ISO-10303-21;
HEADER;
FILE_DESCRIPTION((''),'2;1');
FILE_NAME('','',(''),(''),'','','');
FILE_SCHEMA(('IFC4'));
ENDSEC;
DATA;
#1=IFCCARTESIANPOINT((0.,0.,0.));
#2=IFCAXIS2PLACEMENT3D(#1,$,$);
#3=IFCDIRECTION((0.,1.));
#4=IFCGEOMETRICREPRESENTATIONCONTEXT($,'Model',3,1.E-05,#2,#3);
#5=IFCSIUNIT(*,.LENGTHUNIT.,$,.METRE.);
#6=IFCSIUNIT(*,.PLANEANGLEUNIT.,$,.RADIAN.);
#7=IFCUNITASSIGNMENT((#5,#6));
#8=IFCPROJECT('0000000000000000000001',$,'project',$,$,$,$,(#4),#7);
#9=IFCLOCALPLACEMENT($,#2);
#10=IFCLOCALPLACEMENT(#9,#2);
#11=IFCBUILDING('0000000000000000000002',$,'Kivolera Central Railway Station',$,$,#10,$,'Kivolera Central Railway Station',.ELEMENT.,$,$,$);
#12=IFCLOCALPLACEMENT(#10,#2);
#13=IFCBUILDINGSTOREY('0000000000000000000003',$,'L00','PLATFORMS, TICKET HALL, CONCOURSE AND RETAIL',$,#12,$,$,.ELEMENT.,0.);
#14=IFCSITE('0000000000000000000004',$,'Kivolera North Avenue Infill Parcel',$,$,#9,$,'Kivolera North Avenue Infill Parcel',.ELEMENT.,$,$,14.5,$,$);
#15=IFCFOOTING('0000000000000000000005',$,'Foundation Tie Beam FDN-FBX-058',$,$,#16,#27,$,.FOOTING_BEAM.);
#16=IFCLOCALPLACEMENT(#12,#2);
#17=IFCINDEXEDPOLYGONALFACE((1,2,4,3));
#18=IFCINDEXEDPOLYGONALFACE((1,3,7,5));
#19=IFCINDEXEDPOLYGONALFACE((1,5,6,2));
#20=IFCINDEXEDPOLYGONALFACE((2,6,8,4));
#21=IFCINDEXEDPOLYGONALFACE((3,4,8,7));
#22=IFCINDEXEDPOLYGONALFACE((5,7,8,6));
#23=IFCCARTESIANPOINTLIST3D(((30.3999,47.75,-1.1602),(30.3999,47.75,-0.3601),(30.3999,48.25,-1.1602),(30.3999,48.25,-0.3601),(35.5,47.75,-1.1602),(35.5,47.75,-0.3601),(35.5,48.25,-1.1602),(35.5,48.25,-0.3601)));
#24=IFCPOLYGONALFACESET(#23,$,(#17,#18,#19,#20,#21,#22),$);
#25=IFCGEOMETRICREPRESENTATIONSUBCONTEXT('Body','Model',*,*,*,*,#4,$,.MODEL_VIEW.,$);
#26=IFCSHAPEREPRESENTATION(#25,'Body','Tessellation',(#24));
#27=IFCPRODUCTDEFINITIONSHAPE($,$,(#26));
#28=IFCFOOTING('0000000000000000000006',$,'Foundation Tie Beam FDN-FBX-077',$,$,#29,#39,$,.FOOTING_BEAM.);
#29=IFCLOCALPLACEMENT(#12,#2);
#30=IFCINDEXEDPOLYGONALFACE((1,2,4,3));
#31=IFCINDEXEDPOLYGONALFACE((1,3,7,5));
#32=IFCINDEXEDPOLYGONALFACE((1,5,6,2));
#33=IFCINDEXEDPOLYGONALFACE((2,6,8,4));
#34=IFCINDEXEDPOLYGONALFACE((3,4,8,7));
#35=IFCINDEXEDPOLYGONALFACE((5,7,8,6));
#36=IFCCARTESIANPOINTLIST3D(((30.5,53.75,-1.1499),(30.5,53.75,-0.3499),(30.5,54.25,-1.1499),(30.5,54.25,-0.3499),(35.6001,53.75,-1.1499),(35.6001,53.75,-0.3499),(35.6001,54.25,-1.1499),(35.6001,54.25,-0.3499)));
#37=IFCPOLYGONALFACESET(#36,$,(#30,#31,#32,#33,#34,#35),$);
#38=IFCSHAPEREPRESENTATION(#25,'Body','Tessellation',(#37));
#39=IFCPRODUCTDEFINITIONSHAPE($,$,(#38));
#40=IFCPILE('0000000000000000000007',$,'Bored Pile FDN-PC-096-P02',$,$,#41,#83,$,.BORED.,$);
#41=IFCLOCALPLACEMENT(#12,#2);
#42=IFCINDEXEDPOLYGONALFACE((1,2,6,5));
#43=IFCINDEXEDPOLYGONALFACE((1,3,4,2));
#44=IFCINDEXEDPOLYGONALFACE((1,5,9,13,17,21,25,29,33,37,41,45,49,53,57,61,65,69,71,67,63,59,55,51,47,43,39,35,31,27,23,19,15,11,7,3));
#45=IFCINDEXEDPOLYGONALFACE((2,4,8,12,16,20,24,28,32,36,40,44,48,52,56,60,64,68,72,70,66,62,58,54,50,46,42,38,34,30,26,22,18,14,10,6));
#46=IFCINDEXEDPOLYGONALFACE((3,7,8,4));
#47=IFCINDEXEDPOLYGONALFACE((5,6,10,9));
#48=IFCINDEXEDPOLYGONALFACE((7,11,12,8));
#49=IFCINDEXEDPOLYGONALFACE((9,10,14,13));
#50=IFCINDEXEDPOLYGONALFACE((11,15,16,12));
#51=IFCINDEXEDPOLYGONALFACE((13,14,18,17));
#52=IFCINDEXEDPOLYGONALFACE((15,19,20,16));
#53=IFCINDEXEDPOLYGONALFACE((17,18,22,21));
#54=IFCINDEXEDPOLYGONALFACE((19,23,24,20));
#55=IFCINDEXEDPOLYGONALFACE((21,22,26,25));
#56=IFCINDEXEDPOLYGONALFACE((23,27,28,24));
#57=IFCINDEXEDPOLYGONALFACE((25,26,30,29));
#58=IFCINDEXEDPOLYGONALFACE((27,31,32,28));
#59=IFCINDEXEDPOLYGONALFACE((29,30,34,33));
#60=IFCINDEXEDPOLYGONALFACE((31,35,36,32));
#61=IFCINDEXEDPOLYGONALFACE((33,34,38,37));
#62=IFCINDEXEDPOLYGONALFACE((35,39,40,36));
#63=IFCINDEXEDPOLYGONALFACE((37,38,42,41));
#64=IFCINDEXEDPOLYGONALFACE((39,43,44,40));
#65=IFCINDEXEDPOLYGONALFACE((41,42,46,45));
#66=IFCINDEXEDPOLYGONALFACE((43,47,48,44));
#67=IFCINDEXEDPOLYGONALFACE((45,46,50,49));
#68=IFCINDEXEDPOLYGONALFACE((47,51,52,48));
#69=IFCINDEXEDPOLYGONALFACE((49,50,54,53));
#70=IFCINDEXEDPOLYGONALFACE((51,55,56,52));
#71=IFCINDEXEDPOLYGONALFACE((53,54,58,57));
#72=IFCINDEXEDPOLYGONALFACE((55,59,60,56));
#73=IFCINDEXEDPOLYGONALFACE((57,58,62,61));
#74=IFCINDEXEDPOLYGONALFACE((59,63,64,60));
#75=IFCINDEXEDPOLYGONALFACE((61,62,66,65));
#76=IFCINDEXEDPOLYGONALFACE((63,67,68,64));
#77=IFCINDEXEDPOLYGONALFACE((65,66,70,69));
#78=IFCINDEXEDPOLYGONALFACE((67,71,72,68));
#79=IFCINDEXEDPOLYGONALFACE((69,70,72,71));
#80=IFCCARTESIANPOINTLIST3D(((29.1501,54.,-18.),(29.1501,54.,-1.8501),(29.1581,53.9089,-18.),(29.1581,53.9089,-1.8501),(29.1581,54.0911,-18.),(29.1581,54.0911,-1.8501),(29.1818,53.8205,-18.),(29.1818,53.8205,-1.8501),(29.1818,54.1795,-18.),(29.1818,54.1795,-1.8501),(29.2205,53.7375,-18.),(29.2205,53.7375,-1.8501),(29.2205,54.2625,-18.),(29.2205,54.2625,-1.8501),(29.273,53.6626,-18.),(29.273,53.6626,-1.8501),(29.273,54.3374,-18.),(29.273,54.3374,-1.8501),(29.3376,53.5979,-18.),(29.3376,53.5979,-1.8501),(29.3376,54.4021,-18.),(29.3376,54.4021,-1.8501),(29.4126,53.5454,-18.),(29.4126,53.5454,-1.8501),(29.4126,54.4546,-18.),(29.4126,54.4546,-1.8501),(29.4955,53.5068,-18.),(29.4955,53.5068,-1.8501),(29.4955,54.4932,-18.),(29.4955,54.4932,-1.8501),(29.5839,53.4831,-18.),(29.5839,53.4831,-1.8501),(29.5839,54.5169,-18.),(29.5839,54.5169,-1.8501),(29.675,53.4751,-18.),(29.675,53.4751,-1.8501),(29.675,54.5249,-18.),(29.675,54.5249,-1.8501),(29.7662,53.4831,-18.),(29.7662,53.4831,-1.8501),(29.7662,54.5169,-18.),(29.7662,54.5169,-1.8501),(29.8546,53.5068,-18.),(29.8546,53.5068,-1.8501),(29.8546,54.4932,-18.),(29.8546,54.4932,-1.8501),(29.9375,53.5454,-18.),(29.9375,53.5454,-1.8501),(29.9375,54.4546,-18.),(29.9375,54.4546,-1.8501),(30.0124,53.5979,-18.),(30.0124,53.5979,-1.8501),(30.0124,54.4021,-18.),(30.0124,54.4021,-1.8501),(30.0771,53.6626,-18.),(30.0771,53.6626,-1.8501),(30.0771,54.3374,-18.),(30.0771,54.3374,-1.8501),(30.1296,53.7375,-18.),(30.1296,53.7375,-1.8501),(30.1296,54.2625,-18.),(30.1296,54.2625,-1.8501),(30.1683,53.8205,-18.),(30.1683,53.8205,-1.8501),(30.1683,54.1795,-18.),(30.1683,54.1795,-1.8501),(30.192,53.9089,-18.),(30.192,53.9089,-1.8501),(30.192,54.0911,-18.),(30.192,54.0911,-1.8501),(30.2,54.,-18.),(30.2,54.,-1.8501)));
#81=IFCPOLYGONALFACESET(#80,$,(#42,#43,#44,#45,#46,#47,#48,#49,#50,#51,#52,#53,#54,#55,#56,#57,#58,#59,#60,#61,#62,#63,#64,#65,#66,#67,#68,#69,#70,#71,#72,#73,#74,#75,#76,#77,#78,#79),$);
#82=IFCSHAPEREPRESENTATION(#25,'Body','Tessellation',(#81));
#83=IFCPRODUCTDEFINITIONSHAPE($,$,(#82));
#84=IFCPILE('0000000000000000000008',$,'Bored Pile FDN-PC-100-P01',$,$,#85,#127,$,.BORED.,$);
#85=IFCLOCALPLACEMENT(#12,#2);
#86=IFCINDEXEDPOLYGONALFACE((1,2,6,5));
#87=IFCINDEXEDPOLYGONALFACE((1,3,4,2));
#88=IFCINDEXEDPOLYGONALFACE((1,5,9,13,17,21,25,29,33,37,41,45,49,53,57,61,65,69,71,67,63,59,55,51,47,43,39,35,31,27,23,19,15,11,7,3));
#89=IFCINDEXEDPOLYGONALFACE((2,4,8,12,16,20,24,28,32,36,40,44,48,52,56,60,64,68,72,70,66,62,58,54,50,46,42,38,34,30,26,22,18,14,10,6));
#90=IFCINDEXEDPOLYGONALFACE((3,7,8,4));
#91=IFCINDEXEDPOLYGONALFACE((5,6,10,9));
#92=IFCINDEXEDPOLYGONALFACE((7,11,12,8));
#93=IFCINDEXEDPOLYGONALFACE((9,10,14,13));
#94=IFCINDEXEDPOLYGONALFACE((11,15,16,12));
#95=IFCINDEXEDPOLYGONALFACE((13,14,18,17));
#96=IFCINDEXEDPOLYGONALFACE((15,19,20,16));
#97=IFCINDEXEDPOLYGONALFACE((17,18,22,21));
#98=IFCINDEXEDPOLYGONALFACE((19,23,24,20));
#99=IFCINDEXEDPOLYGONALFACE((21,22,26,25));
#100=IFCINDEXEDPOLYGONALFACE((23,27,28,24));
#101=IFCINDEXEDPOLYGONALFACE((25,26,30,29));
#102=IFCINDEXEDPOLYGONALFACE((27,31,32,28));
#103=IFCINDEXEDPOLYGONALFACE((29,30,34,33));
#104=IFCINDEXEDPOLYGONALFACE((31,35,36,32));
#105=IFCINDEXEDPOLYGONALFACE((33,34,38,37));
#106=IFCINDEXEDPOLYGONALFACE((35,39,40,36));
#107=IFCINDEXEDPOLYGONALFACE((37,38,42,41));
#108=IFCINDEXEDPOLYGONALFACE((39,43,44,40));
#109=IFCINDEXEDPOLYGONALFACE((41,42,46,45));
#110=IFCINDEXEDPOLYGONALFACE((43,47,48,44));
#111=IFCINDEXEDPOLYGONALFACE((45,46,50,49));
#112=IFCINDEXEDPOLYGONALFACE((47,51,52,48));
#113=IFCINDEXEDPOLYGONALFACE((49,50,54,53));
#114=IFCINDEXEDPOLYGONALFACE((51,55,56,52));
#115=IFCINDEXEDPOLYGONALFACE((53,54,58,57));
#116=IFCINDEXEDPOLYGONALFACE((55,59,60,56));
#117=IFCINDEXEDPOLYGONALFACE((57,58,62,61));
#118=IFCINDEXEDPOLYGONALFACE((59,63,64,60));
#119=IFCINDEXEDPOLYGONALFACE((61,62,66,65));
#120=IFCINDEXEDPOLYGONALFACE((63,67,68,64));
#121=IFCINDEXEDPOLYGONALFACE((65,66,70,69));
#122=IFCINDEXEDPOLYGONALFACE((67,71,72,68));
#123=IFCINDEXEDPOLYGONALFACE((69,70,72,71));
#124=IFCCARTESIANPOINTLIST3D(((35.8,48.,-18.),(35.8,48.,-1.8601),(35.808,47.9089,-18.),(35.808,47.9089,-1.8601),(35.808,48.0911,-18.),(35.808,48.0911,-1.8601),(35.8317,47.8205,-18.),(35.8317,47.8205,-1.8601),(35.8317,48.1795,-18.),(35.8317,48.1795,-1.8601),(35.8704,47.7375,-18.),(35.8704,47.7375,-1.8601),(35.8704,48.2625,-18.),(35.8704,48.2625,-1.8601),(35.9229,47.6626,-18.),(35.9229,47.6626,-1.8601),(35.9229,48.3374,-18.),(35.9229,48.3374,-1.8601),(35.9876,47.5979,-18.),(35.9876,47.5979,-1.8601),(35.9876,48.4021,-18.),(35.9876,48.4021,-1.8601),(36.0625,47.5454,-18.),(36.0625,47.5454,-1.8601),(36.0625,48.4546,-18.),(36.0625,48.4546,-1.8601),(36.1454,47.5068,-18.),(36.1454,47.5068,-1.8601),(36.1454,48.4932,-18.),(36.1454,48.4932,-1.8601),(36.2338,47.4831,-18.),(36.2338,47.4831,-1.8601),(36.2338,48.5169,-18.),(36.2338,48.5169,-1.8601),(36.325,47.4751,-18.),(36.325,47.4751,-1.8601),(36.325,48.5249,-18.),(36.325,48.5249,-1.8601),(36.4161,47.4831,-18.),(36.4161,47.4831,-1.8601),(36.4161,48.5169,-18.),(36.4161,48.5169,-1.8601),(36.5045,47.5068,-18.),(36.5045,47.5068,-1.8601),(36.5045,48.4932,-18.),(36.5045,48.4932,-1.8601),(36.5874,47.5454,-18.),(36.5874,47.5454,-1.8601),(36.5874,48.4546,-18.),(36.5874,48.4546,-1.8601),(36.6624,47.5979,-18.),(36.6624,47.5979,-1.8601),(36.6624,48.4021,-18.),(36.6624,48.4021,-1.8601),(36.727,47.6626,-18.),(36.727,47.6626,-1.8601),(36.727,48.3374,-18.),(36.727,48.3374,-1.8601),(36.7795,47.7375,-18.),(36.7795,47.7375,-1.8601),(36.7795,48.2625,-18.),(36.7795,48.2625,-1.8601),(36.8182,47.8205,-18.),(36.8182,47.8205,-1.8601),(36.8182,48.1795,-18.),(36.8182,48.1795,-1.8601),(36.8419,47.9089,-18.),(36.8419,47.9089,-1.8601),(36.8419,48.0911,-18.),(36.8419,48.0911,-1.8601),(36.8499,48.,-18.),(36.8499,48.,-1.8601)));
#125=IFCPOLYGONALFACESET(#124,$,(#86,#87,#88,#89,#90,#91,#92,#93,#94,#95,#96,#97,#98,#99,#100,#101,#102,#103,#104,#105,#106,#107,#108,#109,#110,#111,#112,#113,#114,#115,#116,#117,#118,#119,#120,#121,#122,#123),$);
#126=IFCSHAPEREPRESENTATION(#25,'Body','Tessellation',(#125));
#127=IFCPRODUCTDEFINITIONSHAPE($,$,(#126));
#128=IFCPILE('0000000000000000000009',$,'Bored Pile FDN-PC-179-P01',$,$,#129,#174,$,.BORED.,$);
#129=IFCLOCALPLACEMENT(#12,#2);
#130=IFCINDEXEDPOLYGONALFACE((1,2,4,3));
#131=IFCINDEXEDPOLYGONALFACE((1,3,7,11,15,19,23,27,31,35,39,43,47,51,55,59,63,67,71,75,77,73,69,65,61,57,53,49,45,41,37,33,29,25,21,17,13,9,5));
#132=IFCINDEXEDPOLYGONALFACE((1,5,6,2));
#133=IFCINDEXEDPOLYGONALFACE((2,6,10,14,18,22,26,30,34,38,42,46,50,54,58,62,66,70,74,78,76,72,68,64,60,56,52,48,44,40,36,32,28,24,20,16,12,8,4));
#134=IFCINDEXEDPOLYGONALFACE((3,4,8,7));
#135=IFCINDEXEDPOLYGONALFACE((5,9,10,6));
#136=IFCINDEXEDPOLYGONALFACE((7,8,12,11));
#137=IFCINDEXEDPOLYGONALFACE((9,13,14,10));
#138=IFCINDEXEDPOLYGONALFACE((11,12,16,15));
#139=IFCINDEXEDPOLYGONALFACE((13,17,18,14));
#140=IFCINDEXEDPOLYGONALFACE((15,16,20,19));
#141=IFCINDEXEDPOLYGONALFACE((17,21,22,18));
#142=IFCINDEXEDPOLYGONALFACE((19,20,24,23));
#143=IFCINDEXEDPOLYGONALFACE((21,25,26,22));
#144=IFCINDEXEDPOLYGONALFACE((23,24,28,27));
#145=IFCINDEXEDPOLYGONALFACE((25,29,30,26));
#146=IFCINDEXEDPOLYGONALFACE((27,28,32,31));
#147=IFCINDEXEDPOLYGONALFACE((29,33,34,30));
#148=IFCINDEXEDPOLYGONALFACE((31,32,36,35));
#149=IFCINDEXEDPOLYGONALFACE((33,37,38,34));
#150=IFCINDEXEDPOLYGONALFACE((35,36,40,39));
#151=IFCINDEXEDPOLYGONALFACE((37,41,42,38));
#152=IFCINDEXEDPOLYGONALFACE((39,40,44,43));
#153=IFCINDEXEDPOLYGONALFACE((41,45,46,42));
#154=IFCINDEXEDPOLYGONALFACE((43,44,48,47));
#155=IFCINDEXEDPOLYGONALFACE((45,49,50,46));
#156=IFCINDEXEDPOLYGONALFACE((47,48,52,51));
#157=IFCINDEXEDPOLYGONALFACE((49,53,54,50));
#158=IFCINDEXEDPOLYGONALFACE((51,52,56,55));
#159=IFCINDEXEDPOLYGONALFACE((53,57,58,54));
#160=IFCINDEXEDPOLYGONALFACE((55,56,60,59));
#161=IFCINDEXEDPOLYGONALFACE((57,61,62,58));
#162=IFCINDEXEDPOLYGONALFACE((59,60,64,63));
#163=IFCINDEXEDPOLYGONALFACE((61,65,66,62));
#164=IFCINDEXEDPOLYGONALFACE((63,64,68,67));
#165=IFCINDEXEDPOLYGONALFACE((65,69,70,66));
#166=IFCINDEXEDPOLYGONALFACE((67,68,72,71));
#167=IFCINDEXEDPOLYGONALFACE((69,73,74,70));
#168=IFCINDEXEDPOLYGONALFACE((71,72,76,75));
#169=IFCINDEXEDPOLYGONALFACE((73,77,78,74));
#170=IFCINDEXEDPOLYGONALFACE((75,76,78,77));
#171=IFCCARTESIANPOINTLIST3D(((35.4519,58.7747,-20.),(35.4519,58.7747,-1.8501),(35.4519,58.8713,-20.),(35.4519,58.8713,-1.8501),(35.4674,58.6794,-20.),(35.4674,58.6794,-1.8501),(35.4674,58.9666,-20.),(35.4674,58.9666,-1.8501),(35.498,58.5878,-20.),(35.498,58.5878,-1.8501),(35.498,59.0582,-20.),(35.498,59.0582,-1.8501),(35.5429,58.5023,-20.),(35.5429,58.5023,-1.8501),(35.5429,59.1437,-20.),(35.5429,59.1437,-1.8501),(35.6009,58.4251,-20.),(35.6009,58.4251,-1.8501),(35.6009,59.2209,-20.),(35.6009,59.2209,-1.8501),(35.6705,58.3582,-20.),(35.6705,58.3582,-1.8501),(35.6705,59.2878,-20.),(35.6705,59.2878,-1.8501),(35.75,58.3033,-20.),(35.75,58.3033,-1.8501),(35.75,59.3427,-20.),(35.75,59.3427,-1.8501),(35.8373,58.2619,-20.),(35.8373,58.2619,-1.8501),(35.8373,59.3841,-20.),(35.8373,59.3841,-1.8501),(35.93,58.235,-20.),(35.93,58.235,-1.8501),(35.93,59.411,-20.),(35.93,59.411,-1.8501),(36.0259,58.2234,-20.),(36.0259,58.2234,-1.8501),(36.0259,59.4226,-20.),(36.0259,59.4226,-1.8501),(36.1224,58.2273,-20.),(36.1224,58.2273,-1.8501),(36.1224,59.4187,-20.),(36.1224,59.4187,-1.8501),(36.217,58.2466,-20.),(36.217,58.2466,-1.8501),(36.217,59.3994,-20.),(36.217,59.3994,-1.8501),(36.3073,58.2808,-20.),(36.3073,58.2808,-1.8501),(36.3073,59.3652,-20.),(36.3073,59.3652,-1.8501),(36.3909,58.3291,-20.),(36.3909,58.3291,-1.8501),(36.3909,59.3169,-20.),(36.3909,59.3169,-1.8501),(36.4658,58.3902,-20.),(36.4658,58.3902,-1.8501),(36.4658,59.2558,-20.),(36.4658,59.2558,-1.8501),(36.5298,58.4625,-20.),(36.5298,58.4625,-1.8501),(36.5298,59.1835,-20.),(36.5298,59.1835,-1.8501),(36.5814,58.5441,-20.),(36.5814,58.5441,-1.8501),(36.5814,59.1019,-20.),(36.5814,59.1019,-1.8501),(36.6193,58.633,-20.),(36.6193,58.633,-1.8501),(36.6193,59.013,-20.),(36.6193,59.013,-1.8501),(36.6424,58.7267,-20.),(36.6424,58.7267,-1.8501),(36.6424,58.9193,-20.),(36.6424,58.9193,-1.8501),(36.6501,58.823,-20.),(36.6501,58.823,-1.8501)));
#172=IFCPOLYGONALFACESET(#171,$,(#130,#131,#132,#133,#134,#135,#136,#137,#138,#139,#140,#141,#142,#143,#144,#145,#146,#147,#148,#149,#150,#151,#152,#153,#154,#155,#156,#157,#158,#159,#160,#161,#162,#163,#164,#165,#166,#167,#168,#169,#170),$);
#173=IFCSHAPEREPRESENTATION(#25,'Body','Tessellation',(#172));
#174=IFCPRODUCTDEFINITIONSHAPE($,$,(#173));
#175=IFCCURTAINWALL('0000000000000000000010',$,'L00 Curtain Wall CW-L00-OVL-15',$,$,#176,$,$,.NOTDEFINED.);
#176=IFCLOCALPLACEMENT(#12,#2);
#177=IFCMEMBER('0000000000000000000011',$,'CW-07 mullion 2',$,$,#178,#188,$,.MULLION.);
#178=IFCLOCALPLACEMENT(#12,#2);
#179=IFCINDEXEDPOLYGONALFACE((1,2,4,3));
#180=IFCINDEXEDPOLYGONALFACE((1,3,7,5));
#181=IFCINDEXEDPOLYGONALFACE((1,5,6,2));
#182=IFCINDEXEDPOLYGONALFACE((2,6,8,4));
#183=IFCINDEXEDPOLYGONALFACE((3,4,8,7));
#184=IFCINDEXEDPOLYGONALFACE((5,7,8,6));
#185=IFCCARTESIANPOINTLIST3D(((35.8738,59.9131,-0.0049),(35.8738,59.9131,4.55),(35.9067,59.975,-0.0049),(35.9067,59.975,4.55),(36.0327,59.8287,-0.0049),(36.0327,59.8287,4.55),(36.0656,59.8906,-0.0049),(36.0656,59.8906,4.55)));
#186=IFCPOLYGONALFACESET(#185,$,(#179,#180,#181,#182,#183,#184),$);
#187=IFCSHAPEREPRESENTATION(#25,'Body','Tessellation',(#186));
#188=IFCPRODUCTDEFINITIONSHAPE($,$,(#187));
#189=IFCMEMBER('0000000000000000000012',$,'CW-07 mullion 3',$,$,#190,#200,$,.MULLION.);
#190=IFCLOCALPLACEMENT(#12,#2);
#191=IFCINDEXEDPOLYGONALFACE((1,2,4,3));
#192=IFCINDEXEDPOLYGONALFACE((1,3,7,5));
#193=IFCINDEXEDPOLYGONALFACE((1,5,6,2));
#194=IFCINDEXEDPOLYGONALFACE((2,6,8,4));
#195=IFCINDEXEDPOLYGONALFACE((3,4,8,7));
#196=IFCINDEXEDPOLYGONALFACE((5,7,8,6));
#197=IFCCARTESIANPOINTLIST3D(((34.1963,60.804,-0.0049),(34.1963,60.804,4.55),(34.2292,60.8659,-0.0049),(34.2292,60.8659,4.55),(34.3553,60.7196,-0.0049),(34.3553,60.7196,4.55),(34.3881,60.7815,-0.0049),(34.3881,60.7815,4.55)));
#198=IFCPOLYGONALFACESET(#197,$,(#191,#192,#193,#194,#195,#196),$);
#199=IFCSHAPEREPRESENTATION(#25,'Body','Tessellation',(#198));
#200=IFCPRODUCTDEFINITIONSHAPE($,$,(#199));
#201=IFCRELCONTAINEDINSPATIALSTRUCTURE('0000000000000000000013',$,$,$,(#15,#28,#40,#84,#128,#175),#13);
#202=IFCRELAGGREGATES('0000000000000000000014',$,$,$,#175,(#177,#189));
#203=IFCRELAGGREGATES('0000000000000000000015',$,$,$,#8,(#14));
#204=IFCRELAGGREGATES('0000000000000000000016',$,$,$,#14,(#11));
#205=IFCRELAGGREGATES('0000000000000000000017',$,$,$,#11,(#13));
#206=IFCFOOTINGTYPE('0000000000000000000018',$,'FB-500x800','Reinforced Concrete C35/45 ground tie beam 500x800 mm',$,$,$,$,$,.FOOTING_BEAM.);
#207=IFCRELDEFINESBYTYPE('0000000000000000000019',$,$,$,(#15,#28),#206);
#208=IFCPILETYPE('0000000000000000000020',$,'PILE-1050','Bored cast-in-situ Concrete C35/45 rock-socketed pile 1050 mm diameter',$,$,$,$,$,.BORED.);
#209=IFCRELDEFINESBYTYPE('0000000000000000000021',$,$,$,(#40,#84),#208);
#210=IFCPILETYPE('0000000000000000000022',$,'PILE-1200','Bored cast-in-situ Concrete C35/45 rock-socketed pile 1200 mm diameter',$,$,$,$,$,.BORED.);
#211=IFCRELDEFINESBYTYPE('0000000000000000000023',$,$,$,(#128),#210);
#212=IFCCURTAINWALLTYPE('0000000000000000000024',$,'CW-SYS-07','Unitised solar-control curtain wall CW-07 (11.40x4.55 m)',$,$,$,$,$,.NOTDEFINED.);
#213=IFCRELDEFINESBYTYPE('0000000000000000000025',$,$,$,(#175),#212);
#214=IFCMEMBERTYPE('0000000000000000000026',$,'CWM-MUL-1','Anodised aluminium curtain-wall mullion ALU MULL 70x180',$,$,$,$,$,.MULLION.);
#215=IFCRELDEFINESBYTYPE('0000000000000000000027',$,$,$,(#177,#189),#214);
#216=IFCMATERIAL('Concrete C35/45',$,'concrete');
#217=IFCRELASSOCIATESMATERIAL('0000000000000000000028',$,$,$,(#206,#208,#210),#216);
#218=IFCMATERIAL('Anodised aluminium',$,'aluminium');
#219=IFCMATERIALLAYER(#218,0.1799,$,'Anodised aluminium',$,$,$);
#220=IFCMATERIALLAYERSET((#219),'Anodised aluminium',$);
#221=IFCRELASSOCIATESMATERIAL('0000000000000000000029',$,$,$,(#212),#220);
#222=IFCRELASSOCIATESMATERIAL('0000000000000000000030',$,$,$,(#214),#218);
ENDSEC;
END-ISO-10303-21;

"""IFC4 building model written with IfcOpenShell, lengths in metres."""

from ifc_helpers import new_model, si_unit, direction, frame, origin, origin_2d, place, context, subcontext, project, spatial, rectangle, circle, extrude, material, layer, layer_set, material_profile, profile_set, type_object, element, aggregate, save


model = new_model("IFC4")

# Units and contexts
model_context = context("Model", 3, precision=1e-05, world=origin(), true_north=direction((0.0, 1.0)))
body_context = subcontext(model_context, "Body", "Model", "MODEL_VIEW")
ifc_project = project(units=[si_unit("LENGTHUNIT", "METRE"), si_unit("PLANEANGLEUNIT", "RADIAN")], contexts=[model_context])

# Site, building, storey
site_placement = place(None, origin())
site = spatial("IfcSite", under=ifc_project, at=site_placement, Name="Kivolera North Avenue Infill Parcel", LongName="Kivolera North Avenue Infill Parcel", CompositionType="ELEMENT", RefElevation=14.5)
building_placement = place(site_placement, origin())
building = spatial("IfcBuilding", under=site, at=building_placement, Name="Kivolera Central Railway Station", LongName="Kivolera Central Railway Station", CompositionType="ELEMENT")
storey_placement = place(building_placement, origin())
storey = spatial("IfcBuildingStorey", under=building, at=storey_placement, Name="L00", Description="PLATFORMS, TICKET HALL, CONCOURSE AND RETAIL", CompositionType="ELEMENT", Elevation=0.0)

# Footings
ifc_material_1 = material(Name="Concrete C35/45", Category="concrete")
footing_type = type_object("IfcFootingType", Name="FB-500x800", Description="Reinforced Concrete C35/45 ground tie beam 500x800 mm", PredefinedType="FOOTING_BEAM", material=ifc_material_1)
for number, where, z_axis, x_axis, name in (
    (1, (32.95, 48.0, -1.1602), (0.0, 0.0, 1.0), (1.0, 0.0, 0.0), "Foundation Tie Beam FDN-FBX-058"),
    (2, (33.05, 54.0, -1.1499), (0.0, 0.0, 1.0), (1.0, 0.0, 0.0), "Foundation Tie Beam FDN-FBX-077"),
):
    element("IfcFooting", number, at=place(storey_placement, frame(where, z_axis=z_axis, x_axis=x_axis)), inside=storey, type_object=footing_type, Name=name, PredefinedType="FOOTING_BEAM", context=body_context, shape_type="SweptSolid", body=[
        extrude(rectangle(XDim=5.1001, YDim=0.5, at=origin_2d()), origin(), (0.0, 0.0, 1.0), 0.8),
    ])

# Piles
ifc_material_profile_1 = material_profile(ifc_material_1, circle(Radius=0.5249, at=origin_2d()), Name="PILE D1050")
ifc_profile_set_1 = profile_set([ifc_material_profile_1], Name="Concrete C35/45")
pile_type_1 = type_object("IfcPileType", Name="PILE-1050", Description="Bored cast-in-situ Concrete C35/45 rock-socketed pile 1050 mm diameter", PredefinedType="BORED", material=ifc_profile_set_1)
pile_1_placement = place(storey_placement, frame((29.675, 54.0, -1.8501), z_axis=(0.0, 0.0, -1.0), x_axis=(1.0, 0.0, 0.0)))
element("IfcPile", 3, at=pile_1_placement, inside=storey, type_object=pile_type_1, Name="Bored Pile FDN-PC-096-P02", PredefinedType="BORED", context=body_context, shape_type="SweptSolid", body=[
    extrude(circle(Radius=0.5249, at=origin_2d()), origin(), (0.0, 0.0, 1.0), 16.1499),
])
pile_2_placement = place(storey_placement, frame((36.325, 48.0, -1.8601), z_axis=(0.0, 0.0, -1.0), x_axis=(1.0, 0.0, 0.0)))
element("IfcPile", 4, at=pile_2_placement, inside=storey, type_object=pile_type_1, Name="Bored Pile FDN-PC-100-P01", PredefinedType="BORED", context=body_context, shape_type="SweptSolid", body=[
    extrude(circle(Radius=0.5249, at=origin_2d()), origin(), (0.0, 0.0, 1.0), 16.1399),
])
ifc_material_profile_2 = material_profile(ifc_material_1, circle(Radius=0.6001, at=origin_2d()), Name="PILE D1200")
ifc_profile_set_2 = profile_set([ifc_material_profile_2], Name="Concrete C35/45")
pile_type_2 = type_object("IfcPileType", Name="PILE-1200", Description="Bored cast-in-situ Concrete C35/45 rock-socketed pile 1200 mm diameter", PredefinedType="BORED", material=ifc_profile_set_2)
pile_3_placement = place(storey_placement, frame((36.05, 58.823, -1.8501), z_axis=(0.0, 0.0, -1.0), x_axis=(1.0, 0.0, 0.0)))
element("IfcPile", 5, at=pile_3_placement, inside=storey, type_object=pile_type_2, Name="Bored Pile FDN-PC-179-P01", PredefinedType="BORED", context=body_context, shape_type="SweptSolid", body=[
    extrude(circle(Radius=0.6001, at=origin_2d()), origin(), (0.0, 0.0, 1.0), 18.1499),
])

# Curtain wall, members
ifc_material_2 = material(Name="Anodised aluminium", Category="aluminium")
ifc_layer_1 = layer(ifc_material_2, 0.1799, Name="Anodised aluminium")
ifc_layer_set_1 = layer_set([ifc_layer_1], Name="Anodised aluminium")
curtain_wall_type = type_object("IfcCurtainWallType", Name="CW-SYS-07", Description="Unitised solar-control curtain wall CW-07 (11.40x4.55 m)", PredefinedType="NOTDEFINED", material=ifc_layer_set_1)
curtain_wall_placement = place(storey_placement, origin())
curtain_wall = element("IfcCurtainWall", 6, at=curtain_wall_placement, inside=storey, type_object=curtain_wall_type, Name="L00 Curtain Wall CW-L00-OVL-15", PredefinedType="NOTDEFINED")
ifc_material_profile_3 = material_profile(ifc_material_2, rectangle(XDim=0.0701, YDim=0.1799, at=origin_2d()), Name="ALU MULL 70x180")
ifc_profile_set_3 = profile_set([ifc_material_profile_3], Name="Anodised aluminium")
member_type_1 = type_object("IfcMemberType", Name="CWM-MUL-1", Description="Anodised aluminium curtain-wall mullion ALU MULL 70x180", PredefinedType="MULLION", material=ifc_profile_set_3)
member_1_placement = place(storey_placement, frame((35.9697, 59.9019, -0.0049), z_axis=(0.0, 0.0, 1.0), x_axis=(-0.469053, -0.88317, 0.0)))
member_1 = element("IfcMember", 7, at=member_1_placement, type_object=member_type_1, Name="CW-07 mullion 2", PredefinedType="MULLION", context=body_context, shape_type="SweptSolid", body=[
    extrude(rectangle(XDim=0.0701, YDim=0.1799, at=origin_2d()), origin(), (0.0, 0.0, 1.0), 4.5549),
])
member_2_placement = place(storey_placement, frame((34.2922, 60.7927, -0.0049), z_axis=(0.0, 0.0, 1.0), x_axis=(-0.469053, -0.88317, 0.0)))
member_2 = element("IfcMember", 8, at=member_2_placement, type_object=member_type_1, Name="CW-07 mullion 3", PredefinedType="MULLION", context=body_context, shape_type="SweptSolid", body=[
    extrude(rectangle(XDim=0.0701, YDim=0.1799, at=origin_2d()), origin(), (0.0, 0.0, 1.0), 4.5549),
])
aggregate(curtain_wall, [member_1, member_2])

save(model, "model.ifc")
